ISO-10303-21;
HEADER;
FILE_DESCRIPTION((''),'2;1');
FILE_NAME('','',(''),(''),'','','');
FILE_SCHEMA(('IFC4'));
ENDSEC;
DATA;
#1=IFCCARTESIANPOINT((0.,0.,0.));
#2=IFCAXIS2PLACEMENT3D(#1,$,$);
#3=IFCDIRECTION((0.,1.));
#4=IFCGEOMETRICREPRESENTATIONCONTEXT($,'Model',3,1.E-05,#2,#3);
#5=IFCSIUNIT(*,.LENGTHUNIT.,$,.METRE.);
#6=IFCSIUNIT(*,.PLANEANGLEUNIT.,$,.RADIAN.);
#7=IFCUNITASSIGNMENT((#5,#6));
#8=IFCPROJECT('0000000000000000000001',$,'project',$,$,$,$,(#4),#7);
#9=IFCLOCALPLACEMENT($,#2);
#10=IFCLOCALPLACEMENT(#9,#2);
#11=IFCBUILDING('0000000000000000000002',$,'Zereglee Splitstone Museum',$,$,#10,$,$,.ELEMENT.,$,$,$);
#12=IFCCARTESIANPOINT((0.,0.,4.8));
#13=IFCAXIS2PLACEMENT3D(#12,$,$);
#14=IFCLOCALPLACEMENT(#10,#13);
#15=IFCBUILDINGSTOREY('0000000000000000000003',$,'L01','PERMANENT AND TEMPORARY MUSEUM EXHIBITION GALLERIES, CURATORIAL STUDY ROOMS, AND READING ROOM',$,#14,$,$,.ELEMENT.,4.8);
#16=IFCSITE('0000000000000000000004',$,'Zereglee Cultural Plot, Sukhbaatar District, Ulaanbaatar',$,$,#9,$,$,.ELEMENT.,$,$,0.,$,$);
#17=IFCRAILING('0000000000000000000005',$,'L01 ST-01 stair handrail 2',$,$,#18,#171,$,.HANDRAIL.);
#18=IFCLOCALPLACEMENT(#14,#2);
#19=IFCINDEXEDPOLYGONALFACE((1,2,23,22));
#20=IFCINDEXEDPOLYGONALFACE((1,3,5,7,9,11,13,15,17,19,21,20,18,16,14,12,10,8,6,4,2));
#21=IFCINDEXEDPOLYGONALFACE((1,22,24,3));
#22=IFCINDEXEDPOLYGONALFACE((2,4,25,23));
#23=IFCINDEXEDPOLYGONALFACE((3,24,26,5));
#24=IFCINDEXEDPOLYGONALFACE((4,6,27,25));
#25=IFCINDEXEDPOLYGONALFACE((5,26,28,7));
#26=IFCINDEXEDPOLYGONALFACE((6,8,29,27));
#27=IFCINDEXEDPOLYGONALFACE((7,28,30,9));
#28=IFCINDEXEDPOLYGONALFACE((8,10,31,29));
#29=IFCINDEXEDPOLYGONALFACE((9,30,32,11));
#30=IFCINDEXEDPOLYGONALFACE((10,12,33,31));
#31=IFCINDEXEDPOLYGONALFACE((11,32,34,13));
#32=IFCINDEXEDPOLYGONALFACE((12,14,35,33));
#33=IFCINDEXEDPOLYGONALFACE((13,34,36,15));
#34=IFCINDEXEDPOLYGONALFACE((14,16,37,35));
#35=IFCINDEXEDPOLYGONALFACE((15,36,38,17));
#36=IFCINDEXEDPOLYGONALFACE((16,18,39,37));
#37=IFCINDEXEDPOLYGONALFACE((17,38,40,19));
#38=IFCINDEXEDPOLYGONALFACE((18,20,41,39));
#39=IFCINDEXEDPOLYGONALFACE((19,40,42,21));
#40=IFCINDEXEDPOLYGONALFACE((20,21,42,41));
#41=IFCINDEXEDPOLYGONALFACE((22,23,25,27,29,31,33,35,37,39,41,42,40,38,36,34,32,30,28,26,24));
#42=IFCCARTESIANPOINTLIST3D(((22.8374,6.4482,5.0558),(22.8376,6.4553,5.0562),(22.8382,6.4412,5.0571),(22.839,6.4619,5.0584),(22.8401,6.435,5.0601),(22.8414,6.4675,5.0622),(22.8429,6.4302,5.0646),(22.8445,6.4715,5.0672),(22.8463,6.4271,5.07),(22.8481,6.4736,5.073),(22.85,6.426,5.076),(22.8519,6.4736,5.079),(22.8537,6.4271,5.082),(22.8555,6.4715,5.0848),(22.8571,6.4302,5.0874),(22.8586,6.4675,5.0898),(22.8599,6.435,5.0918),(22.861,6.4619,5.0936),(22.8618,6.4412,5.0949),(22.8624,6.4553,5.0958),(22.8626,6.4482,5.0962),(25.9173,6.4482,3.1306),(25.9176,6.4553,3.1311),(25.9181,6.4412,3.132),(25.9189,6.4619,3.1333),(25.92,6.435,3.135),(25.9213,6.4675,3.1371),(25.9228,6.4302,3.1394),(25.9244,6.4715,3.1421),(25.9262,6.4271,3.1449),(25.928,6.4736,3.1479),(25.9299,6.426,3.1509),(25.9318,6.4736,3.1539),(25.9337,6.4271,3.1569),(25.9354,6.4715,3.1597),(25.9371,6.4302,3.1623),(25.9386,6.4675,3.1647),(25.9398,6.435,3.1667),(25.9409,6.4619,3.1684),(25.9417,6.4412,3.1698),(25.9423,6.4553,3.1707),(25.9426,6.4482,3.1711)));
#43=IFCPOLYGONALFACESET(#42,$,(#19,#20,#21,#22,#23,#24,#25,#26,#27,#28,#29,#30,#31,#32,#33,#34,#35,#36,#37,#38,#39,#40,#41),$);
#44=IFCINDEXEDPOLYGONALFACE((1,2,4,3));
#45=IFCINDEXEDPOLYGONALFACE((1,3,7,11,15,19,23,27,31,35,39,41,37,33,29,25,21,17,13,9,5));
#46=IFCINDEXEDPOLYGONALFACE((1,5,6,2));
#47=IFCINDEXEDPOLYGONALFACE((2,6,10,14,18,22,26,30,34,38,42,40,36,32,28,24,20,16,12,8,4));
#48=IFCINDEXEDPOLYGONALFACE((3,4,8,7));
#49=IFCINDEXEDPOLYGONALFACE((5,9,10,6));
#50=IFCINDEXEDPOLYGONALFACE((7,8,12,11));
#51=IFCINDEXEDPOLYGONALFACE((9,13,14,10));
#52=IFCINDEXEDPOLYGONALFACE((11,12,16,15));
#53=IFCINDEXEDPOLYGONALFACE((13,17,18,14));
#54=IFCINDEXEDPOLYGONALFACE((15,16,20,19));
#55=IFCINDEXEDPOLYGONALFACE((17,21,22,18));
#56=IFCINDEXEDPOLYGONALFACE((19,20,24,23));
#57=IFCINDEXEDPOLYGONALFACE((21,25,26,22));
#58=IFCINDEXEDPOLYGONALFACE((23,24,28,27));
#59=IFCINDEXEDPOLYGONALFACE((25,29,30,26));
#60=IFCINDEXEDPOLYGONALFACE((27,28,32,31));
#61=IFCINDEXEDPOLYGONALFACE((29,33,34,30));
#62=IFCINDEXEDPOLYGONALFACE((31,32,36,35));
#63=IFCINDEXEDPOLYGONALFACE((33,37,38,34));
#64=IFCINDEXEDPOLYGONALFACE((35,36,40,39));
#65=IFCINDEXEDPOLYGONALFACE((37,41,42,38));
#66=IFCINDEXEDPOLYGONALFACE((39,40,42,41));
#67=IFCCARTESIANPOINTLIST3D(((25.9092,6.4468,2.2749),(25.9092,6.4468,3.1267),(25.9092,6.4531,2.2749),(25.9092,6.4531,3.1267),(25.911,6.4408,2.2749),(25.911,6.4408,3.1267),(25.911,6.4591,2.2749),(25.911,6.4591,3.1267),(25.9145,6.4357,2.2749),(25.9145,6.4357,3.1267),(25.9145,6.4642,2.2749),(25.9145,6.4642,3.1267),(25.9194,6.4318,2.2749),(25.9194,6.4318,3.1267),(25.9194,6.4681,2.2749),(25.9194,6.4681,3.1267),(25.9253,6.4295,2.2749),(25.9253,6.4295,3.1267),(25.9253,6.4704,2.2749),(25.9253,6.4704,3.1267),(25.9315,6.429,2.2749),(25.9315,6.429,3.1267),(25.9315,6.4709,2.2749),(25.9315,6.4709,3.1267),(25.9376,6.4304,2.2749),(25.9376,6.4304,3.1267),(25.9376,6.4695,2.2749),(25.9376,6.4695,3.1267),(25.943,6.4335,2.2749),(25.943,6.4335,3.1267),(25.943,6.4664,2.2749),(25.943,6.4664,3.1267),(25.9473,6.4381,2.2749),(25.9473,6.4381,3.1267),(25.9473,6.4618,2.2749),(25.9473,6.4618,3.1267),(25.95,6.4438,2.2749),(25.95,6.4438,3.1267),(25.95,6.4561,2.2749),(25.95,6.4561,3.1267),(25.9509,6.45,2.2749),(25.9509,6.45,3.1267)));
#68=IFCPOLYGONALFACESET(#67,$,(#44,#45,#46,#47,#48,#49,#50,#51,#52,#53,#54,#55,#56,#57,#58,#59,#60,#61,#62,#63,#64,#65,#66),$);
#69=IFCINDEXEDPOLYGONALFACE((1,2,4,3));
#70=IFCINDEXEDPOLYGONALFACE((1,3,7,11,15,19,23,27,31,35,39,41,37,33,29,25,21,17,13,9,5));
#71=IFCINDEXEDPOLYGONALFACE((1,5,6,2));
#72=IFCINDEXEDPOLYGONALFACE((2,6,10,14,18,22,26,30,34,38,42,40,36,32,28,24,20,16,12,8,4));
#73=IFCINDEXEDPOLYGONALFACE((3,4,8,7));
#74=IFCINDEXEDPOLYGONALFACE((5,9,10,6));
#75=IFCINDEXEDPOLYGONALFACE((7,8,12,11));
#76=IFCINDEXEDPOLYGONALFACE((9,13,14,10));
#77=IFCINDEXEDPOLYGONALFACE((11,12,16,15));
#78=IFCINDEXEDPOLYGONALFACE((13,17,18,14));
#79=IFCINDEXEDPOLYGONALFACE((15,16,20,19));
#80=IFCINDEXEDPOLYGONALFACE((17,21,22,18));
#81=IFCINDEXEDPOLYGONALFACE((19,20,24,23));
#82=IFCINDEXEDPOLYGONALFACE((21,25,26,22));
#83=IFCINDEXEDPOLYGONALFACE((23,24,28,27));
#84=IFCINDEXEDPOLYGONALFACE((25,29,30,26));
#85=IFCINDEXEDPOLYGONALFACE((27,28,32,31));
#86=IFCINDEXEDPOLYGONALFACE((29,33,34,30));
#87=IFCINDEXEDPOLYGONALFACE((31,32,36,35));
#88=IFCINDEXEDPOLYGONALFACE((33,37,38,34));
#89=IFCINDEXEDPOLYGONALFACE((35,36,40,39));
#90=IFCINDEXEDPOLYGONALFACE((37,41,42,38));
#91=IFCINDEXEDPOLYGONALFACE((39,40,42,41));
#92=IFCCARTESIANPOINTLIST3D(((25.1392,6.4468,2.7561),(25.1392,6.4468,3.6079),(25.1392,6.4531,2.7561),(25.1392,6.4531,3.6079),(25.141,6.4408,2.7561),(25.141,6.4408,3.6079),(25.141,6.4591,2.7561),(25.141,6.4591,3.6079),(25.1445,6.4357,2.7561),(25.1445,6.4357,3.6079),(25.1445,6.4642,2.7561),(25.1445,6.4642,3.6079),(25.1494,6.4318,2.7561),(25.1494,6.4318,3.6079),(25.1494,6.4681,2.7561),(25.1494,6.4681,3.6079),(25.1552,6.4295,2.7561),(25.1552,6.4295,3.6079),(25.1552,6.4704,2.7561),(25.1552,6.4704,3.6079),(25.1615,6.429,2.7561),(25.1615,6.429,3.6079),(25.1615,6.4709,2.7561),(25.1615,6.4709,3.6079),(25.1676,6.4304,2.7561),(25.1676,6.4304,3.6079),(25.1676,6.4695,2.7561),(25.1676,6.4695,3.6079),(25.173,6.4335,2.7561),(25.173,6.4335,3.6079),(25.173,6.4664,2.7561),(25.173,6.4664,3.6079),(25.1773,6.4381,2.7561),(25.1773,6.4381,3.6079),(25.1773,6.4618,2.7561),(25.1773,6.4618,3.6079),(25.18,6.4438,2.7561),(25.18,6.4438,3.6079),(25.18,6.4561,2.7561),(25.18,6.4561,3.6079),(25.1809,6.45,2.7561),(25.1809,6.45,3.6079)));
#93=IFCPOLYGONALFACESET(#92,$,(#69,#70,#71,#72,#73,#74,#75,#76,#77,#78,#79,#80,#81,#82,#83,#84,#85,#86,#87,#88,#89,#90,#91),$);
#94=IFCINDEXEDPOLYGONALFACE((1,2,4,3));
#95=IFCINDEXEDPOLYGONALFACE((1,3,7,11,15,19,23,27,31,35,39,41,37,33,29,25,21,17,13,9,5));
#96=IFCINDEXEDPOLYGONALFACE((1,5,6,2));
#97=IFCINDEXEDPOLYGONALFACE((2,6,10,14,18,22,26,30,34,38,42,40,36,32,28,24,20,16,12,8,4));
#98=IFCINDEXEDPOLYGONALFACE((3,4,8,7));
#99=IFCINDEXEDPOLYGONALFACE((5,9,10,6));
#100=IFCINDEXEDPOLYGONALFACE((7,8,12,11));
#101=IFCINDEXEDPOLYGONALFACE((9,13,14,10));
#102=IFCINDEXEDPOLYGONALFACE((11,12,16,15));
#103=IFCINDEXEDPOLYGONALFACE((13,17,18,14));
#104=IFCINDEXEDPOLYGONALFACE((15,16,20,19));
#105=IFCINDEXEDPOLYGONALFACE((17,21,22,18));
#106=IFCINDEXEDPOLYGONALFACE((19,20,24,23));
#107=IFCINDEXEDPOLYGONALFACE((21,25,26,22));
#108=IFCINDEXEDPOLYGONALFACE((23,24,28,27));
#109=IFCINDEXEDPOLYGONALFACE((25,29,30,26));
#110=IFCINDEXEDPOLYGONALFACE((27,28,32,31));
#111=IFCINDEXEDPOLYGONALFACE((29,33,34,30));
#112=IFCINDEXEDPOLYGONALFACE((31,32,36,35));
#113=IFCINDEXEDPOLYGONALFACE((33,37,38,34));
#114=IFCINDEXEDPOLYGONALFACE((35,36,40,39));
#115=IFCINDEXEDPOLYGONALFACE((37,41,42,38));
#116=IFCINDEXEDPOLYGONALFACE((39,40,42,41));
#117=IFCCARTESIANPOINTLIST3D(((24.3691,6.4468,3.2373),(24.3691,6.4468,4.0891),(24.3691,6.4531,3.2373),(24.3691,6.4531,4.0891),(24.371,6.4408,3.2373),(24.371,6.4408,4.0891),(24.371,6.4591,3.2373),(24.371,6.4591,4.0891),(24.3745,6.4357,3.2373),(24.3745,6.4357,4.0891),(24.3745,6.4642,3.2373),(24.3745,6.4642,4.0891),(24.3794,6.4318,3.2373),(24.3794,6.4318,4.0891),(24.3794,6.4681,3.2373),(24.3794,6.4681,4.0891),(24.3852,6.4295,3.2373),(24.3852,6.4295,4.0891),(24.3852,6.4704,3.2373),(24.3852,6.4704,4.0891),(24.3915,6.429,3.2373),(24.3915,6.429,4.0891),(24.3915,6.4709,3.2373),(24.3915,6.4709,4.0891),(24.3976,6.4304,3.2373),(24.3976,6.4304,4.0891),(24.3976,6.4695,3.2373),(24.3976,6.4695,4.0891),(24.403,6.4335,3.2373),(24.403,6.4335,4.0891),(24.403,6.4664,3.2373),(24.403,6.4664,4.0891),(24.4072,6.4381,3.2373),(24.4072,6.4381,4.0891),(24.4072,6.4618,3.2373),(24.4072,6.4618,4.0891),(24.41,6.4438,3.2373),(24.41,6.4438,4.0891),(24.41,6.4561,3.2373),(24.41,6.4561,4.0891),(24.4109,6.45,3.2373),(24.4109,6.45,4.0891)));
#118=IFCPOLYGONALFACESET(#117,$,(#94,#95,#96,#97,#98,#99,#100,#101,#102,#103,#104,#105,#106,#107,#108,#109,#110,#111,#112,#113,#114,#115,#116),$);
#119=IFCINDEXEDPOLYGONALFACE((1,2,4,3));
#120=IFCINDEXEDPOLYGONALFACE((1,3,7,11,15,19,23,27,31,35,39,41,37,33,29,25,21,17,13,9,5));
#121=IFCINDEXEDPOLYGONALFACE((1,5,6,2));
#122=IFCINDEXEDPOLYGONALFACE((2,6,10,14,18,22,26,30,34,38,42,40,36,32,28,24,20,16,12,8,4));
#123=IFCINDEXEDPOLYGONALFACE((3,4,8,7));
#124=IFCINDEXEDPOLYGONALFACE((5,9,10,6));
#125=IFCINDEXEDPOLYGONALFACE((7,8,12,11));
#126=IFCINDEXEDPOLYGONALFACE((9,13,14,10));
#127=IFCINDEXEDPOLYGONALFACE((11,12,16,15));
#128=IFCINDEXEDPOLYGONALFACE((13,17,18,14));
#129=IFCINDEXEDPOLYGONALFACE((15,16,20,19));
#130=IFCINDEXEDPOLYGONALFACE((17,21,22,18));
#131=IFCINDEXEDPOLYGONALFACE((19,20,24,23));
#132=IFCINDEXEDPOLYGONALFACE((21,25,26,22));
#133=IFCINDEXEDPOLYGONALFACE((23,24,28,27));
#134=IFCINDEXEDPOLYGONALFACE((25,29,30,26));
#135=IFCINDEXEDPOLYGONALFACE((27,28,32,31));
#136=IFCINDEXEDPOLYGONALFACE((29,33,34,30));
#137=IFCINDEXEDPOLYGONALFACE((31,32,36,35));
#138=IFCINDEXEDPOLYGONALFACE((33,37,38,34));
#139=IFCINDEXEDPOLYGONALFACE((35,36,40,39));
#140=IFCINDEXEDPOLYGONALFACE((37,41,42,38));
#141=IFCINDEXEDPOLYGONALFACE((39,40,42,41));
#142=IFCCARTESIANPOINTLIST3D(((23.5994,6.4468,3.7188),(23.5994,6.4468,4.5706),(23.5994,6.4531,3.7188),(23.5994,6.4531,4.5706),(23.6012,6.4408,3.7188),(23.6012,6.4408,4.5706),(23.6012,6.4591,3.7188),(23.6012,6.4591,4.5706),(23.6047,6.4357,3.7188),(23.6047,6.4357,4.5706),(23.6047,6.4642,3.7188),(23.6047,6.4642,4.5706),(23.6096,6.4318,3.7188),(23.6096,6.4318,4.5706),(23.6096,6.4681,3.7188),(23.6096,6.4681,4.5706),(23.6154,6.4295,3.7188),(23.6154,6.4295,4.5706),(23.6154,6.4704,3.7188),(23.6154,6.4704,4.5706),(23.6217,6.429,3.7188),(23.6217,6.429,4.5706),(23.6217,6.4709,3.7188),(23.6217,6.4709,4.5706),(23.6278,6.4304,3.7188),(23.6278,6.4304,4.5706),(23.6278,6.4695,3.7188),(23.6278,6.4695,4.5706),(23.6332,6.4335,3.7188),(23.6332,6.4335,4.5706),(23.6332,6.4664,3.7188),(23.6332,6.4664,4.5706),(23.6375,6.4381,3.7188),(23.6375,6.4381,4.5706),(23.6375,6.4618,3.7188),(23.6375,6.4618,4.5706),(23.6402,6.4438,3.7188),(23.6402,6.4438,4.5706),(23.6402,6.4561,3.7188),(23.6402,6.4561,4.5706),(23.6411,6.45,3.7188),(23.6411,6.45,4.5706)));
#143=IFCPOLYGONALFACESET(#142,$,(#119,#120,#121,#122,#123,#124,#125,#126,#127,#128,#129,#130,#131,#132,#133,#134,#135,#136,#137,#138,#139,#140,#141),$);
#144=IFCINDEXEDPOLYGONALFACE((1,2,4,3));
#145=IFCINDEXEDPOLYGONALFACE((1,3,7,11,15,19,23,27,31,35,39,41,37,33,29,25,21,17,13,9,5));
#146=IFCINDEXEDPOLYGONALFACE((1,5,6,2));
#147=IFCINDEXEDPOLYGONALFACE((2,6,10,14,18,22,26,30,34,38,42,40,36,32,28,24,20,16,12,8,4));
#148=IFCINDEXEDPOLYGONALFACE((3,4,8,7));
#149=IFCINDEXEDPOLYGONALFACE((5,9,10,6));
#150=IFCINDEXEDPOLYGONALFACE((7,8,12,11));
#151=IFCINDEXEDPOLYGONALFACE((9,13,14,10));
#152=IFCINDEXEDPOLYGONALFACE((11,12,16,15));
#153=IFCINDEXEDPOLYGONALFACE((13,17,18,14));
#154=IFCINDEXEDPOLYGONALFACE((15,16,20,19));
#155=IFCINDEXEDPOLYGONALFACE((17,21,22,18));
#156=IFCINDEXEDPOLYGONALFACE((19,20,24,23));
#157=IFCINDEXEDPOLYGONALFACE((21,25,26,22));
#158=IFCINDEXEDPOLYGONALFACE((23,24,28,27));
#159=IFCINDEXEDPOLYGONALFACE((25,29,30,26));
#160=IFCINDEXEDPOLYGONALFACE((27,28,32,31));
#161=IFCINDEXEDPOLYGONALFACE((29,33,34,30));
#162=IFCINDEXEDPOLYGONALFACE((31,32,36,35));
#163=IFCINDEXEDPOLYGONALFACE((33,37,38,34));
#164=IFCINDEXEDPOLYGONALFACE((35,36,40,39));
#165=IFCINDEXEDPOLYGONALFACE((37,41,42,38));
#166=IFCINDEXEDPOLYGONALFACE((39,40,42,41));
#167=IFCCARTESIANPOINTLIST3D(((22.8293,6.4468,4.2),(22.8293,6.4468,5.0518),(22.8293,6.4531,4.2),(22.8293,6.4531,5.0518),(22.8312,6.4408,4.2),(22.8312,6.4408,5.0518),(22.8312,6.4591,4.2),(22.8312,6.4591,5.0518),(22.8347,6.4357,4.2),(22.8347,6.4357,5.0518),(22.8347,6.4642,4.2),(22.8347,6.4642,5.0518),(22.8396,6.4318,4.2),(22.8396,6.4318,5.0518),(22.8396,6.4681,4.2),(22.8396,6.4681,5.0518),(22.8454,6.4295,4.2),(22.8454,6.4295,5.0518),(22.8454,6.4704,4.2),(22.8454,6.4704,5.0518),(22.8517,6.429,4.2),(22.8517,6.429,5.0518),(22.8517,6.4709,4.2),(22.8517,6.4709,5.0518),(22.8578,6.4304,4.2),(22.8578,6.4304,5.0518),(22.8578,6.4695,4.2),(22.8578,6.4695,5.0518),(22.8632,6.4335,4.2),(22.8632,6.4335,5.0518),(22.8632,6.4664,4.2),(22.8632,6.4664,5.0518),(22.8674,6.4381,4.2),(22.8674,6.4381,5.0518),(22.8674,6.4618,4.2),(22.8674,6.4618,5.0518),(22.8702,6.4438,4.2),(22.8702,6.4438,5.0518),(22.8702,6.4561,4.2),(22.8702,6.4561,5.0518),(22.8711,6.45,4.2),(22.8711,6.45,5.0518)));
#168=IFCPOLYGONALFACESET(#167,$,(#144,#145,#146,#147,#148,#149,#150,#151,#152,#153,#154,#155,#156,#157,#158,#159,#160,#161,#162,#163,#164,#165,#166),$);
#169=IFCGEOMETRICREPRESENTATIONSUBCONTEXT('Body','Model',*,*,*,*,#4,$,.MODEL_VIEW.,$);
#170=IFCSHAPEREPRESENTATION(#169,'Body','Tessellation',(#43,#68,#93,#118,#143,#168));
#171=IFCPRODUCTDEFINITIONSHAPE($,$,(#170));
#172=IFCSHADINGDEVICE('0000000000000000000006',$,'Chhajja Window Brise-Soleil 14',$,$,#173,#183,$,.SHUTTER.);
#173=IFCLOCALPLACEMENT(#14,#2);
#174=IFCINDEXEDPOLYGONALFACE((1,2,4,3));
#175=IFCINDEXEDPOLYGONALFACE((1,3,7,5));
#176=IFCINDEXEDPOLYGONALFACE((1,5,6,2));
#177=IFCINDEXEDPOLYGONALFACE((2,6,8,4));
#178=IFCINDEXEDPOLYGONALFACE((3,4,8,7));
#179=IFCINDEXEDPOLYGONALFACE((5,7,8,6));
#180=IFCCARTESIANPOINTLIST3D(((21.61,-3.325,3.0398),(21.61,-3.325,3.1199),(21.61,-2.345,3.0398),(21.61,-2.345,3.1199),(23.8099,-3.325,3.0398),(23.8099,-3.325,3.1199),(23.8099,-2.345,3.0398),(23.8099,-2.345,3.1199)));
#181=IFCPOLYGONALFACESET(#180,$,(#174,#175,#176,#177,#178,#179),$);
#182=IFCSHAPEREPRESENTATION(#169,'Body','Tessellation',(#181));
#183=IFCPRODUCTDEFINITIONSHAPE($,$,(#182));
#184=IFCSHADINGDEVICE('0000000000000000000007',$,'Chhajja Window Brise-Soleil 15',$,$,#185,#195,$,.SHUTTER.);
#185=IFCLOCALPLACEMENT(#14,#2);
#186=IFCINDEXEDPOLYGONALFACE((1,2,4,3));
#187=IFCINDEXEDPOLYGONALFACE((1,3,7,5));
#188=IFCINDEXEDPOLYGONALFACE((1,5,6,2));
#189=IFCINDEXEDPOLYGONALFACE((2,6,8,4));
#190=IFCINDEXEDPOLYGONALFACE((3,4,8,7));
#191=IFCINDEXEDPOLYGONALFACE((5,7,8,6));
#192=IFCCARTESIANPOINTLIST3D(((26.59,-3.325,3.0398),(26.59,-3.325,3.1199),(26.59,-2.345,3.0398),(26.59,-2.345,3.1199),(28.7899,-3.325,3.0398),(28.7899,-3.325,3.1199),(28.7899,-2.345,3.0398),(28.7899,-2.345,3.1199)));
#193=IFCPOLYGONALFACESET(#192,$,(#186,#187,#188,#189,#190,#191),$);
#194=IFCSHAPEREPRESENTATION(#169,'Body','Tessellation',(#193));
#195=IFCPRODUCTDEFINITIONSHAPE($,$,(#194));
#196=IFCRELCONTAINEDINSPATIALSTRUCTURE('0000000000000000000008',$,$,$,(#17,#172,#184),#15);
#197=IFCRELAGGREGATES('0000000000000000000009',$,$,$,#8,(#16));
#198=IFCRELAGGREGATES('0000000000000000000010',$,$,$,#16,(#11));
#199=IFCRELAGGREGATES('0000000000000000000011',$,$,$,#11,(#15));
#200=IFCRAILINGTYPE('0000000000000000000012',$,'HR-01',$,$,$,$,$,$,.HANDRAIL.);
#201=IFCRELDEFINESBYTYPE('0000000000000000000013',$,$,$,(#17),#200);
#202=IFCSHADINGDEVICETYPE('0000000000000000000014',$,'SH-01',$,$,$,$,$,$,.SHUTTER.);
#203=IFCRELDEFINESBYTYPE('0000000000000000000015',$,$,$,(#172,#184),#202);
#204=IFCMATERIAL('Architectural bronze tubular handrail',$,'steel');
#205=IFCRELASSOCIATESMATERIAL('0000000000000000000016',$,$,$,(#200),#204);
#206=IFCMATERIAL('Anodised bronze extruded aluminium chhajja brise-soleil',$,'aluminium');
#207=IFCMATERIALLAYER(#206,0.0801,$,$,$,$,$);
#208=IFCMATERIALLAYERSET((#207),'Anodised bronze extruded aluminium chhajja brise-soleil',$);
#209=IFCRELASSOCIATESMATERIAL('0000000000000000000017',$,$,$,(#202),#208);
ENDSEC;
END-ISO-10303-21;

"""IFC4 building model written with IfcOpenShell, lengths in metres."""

from ifc_helpers import new_model, si_unit, direction, frame, origin, origin_2d, place, context, subcontext, project, spatial, rectangle, circle, extrude, material, layer, layer_set, type_object, element, save


model = new_model("IFC4")

# Units and contexts
model_context = context("Model", 3, precision=1e-05, world=origin(), true_north=direction((0.0, 1.0)))
body_context = subcontext(model_context, "Body", "Model", "MODEL_VIEW")
ifc_project = project(units=[si_unit("LENGTHUNIT", "METRE"), si_unit("PLANEANGLEUNIT", "RADIAN")], contexts=[model_context])

# Site, building, storey
site_placement = place(None, origin())
site = spatial("IfcSite", under=ifc_project, at=site_placement, Name="Zereglee Cultural Plot, Sukhbaatar District, Ulaanbaatar", CompositionType="ELEMENT", RefElevation=0.0)
building_placement = place(site_placement, origin())
building = spatial("IfcBuilding", under=site, at=building_placement, Name="Zereglee Splitstone Museum", CompositionType="ELEMENT")
storey_placement = place(building_placement, frame((0.0, 0.0, 4.8)))
storey = spatial("IfcBuildingStorey", under=building, at=storey_placement, Name="L01", Description="PERMANENT AND TEMPORARY MUSEUM EXHIBITION GALLERIES, CURATORIAL STUDY ROOMS, AND READING ROOM", CompositionType="ELEMENT", Elevation=4.8)

# Railing
ifc_material_1 = material(Name="Architectural bronze tubular handrail", Category="steel")
railing_type_1 = type_object("IfcRailingType", Name="HR-01", PredefinedType="HANDRAIL", material=ifc_material_1)
railing_1_placement = place(storey_placement, frame((25.9299, 6.45, 2.2749)))
element("IfcRailing", 1, at=railing_1_placement, inside=storey, type_object=railing_type_1, Name="L01 ST-01 stair handrail 2", PredefinedType="HANDRAIL", context=body_context, shape_type="SweptSolid", body=[
    extrude(circle(Radius=0.0239, at=origin_2d()), frame((0.0, 0.0, 0.876), z_axis=(-0.847979, 0.0, 0.530029), x_axis=(0.0, -1.0, 0.0)), (0.0, 0.0, 1.0), 3.6321),
    extrude(circle(Radius=0.021, at=origin_2d()), origin(), (0.0, 0.0, 1.0), 0.8518),
    extrude(circle(Radius=0.021, at=origin_2d()), frame((-0.77, 0.0, 0.4812)), (0.0, 0.0, 1.0), 0.8518),
    extrude(circle(Radius=0.021, at=origin_2d()), frame((-1.54, 0.0, 0.9624)), (0.0, 0.0, 1.0), 0.8518),
    extrude(circle(Radius=0.021, at=origin_2d()), frame((-2.3098, 0.0, 1.4438)), (0.0, 0.0, 1.0), 0.8518),
    extrude(circle(Radius=0.021, at=origin_2d()), frame((-3.0798, 0.0, 1.925)), (0.0, 0.0, 1.0), 0.8518),
])

# Shading devices
ifc_material_2 = material(Name="Anodised bronze extruded aluminium chhajja brise-soleil", Category="aluminium")
ifc_layer_1 = layer(ifc_material_2, 0.0801)
ifc_layer_set_1 = layer_set([ifc_layer_1], Name="Anodised bronze extruded aluminium chhajja brise-soleil")
shading_device_type = type_object("IfcShadingDeviceType", Name="SH-01", PredefinedType="SHUTTER", material=ifc_layer_set_1)
for number, where, z_axis, x_axis, name in (
    (2, (22.71, -2.835, 3.0398), (0.0, 0.0, 1.0), (1.0, 0.0, 0.0), "Chhajja Window Brise-Soleil 14"),
    (3, (27.6899, -2.835, 3.0398), (0.0, 0.0, 1.0), (1.0, 0.0, 0.0), "Chhajja Window Brise-Soleil 15"),
):
    element("IfcShadingDevice", number, at=place(storey_placement, frame(where, z_axis=z_axis, x_axis=x_axis)), inside=storey, type_object=shading_device_type, Name=name, PredefinedType="SHUTTER", context=body_context, shape_type="SweptSolid", body=[
        extrude(rectangle(XDim=2.2, YDim=0.98, at=origin_2d()), origin(), (0.0, 0.0, 1.0), 0.0801),
    ])

save(model, "model.ifc")
